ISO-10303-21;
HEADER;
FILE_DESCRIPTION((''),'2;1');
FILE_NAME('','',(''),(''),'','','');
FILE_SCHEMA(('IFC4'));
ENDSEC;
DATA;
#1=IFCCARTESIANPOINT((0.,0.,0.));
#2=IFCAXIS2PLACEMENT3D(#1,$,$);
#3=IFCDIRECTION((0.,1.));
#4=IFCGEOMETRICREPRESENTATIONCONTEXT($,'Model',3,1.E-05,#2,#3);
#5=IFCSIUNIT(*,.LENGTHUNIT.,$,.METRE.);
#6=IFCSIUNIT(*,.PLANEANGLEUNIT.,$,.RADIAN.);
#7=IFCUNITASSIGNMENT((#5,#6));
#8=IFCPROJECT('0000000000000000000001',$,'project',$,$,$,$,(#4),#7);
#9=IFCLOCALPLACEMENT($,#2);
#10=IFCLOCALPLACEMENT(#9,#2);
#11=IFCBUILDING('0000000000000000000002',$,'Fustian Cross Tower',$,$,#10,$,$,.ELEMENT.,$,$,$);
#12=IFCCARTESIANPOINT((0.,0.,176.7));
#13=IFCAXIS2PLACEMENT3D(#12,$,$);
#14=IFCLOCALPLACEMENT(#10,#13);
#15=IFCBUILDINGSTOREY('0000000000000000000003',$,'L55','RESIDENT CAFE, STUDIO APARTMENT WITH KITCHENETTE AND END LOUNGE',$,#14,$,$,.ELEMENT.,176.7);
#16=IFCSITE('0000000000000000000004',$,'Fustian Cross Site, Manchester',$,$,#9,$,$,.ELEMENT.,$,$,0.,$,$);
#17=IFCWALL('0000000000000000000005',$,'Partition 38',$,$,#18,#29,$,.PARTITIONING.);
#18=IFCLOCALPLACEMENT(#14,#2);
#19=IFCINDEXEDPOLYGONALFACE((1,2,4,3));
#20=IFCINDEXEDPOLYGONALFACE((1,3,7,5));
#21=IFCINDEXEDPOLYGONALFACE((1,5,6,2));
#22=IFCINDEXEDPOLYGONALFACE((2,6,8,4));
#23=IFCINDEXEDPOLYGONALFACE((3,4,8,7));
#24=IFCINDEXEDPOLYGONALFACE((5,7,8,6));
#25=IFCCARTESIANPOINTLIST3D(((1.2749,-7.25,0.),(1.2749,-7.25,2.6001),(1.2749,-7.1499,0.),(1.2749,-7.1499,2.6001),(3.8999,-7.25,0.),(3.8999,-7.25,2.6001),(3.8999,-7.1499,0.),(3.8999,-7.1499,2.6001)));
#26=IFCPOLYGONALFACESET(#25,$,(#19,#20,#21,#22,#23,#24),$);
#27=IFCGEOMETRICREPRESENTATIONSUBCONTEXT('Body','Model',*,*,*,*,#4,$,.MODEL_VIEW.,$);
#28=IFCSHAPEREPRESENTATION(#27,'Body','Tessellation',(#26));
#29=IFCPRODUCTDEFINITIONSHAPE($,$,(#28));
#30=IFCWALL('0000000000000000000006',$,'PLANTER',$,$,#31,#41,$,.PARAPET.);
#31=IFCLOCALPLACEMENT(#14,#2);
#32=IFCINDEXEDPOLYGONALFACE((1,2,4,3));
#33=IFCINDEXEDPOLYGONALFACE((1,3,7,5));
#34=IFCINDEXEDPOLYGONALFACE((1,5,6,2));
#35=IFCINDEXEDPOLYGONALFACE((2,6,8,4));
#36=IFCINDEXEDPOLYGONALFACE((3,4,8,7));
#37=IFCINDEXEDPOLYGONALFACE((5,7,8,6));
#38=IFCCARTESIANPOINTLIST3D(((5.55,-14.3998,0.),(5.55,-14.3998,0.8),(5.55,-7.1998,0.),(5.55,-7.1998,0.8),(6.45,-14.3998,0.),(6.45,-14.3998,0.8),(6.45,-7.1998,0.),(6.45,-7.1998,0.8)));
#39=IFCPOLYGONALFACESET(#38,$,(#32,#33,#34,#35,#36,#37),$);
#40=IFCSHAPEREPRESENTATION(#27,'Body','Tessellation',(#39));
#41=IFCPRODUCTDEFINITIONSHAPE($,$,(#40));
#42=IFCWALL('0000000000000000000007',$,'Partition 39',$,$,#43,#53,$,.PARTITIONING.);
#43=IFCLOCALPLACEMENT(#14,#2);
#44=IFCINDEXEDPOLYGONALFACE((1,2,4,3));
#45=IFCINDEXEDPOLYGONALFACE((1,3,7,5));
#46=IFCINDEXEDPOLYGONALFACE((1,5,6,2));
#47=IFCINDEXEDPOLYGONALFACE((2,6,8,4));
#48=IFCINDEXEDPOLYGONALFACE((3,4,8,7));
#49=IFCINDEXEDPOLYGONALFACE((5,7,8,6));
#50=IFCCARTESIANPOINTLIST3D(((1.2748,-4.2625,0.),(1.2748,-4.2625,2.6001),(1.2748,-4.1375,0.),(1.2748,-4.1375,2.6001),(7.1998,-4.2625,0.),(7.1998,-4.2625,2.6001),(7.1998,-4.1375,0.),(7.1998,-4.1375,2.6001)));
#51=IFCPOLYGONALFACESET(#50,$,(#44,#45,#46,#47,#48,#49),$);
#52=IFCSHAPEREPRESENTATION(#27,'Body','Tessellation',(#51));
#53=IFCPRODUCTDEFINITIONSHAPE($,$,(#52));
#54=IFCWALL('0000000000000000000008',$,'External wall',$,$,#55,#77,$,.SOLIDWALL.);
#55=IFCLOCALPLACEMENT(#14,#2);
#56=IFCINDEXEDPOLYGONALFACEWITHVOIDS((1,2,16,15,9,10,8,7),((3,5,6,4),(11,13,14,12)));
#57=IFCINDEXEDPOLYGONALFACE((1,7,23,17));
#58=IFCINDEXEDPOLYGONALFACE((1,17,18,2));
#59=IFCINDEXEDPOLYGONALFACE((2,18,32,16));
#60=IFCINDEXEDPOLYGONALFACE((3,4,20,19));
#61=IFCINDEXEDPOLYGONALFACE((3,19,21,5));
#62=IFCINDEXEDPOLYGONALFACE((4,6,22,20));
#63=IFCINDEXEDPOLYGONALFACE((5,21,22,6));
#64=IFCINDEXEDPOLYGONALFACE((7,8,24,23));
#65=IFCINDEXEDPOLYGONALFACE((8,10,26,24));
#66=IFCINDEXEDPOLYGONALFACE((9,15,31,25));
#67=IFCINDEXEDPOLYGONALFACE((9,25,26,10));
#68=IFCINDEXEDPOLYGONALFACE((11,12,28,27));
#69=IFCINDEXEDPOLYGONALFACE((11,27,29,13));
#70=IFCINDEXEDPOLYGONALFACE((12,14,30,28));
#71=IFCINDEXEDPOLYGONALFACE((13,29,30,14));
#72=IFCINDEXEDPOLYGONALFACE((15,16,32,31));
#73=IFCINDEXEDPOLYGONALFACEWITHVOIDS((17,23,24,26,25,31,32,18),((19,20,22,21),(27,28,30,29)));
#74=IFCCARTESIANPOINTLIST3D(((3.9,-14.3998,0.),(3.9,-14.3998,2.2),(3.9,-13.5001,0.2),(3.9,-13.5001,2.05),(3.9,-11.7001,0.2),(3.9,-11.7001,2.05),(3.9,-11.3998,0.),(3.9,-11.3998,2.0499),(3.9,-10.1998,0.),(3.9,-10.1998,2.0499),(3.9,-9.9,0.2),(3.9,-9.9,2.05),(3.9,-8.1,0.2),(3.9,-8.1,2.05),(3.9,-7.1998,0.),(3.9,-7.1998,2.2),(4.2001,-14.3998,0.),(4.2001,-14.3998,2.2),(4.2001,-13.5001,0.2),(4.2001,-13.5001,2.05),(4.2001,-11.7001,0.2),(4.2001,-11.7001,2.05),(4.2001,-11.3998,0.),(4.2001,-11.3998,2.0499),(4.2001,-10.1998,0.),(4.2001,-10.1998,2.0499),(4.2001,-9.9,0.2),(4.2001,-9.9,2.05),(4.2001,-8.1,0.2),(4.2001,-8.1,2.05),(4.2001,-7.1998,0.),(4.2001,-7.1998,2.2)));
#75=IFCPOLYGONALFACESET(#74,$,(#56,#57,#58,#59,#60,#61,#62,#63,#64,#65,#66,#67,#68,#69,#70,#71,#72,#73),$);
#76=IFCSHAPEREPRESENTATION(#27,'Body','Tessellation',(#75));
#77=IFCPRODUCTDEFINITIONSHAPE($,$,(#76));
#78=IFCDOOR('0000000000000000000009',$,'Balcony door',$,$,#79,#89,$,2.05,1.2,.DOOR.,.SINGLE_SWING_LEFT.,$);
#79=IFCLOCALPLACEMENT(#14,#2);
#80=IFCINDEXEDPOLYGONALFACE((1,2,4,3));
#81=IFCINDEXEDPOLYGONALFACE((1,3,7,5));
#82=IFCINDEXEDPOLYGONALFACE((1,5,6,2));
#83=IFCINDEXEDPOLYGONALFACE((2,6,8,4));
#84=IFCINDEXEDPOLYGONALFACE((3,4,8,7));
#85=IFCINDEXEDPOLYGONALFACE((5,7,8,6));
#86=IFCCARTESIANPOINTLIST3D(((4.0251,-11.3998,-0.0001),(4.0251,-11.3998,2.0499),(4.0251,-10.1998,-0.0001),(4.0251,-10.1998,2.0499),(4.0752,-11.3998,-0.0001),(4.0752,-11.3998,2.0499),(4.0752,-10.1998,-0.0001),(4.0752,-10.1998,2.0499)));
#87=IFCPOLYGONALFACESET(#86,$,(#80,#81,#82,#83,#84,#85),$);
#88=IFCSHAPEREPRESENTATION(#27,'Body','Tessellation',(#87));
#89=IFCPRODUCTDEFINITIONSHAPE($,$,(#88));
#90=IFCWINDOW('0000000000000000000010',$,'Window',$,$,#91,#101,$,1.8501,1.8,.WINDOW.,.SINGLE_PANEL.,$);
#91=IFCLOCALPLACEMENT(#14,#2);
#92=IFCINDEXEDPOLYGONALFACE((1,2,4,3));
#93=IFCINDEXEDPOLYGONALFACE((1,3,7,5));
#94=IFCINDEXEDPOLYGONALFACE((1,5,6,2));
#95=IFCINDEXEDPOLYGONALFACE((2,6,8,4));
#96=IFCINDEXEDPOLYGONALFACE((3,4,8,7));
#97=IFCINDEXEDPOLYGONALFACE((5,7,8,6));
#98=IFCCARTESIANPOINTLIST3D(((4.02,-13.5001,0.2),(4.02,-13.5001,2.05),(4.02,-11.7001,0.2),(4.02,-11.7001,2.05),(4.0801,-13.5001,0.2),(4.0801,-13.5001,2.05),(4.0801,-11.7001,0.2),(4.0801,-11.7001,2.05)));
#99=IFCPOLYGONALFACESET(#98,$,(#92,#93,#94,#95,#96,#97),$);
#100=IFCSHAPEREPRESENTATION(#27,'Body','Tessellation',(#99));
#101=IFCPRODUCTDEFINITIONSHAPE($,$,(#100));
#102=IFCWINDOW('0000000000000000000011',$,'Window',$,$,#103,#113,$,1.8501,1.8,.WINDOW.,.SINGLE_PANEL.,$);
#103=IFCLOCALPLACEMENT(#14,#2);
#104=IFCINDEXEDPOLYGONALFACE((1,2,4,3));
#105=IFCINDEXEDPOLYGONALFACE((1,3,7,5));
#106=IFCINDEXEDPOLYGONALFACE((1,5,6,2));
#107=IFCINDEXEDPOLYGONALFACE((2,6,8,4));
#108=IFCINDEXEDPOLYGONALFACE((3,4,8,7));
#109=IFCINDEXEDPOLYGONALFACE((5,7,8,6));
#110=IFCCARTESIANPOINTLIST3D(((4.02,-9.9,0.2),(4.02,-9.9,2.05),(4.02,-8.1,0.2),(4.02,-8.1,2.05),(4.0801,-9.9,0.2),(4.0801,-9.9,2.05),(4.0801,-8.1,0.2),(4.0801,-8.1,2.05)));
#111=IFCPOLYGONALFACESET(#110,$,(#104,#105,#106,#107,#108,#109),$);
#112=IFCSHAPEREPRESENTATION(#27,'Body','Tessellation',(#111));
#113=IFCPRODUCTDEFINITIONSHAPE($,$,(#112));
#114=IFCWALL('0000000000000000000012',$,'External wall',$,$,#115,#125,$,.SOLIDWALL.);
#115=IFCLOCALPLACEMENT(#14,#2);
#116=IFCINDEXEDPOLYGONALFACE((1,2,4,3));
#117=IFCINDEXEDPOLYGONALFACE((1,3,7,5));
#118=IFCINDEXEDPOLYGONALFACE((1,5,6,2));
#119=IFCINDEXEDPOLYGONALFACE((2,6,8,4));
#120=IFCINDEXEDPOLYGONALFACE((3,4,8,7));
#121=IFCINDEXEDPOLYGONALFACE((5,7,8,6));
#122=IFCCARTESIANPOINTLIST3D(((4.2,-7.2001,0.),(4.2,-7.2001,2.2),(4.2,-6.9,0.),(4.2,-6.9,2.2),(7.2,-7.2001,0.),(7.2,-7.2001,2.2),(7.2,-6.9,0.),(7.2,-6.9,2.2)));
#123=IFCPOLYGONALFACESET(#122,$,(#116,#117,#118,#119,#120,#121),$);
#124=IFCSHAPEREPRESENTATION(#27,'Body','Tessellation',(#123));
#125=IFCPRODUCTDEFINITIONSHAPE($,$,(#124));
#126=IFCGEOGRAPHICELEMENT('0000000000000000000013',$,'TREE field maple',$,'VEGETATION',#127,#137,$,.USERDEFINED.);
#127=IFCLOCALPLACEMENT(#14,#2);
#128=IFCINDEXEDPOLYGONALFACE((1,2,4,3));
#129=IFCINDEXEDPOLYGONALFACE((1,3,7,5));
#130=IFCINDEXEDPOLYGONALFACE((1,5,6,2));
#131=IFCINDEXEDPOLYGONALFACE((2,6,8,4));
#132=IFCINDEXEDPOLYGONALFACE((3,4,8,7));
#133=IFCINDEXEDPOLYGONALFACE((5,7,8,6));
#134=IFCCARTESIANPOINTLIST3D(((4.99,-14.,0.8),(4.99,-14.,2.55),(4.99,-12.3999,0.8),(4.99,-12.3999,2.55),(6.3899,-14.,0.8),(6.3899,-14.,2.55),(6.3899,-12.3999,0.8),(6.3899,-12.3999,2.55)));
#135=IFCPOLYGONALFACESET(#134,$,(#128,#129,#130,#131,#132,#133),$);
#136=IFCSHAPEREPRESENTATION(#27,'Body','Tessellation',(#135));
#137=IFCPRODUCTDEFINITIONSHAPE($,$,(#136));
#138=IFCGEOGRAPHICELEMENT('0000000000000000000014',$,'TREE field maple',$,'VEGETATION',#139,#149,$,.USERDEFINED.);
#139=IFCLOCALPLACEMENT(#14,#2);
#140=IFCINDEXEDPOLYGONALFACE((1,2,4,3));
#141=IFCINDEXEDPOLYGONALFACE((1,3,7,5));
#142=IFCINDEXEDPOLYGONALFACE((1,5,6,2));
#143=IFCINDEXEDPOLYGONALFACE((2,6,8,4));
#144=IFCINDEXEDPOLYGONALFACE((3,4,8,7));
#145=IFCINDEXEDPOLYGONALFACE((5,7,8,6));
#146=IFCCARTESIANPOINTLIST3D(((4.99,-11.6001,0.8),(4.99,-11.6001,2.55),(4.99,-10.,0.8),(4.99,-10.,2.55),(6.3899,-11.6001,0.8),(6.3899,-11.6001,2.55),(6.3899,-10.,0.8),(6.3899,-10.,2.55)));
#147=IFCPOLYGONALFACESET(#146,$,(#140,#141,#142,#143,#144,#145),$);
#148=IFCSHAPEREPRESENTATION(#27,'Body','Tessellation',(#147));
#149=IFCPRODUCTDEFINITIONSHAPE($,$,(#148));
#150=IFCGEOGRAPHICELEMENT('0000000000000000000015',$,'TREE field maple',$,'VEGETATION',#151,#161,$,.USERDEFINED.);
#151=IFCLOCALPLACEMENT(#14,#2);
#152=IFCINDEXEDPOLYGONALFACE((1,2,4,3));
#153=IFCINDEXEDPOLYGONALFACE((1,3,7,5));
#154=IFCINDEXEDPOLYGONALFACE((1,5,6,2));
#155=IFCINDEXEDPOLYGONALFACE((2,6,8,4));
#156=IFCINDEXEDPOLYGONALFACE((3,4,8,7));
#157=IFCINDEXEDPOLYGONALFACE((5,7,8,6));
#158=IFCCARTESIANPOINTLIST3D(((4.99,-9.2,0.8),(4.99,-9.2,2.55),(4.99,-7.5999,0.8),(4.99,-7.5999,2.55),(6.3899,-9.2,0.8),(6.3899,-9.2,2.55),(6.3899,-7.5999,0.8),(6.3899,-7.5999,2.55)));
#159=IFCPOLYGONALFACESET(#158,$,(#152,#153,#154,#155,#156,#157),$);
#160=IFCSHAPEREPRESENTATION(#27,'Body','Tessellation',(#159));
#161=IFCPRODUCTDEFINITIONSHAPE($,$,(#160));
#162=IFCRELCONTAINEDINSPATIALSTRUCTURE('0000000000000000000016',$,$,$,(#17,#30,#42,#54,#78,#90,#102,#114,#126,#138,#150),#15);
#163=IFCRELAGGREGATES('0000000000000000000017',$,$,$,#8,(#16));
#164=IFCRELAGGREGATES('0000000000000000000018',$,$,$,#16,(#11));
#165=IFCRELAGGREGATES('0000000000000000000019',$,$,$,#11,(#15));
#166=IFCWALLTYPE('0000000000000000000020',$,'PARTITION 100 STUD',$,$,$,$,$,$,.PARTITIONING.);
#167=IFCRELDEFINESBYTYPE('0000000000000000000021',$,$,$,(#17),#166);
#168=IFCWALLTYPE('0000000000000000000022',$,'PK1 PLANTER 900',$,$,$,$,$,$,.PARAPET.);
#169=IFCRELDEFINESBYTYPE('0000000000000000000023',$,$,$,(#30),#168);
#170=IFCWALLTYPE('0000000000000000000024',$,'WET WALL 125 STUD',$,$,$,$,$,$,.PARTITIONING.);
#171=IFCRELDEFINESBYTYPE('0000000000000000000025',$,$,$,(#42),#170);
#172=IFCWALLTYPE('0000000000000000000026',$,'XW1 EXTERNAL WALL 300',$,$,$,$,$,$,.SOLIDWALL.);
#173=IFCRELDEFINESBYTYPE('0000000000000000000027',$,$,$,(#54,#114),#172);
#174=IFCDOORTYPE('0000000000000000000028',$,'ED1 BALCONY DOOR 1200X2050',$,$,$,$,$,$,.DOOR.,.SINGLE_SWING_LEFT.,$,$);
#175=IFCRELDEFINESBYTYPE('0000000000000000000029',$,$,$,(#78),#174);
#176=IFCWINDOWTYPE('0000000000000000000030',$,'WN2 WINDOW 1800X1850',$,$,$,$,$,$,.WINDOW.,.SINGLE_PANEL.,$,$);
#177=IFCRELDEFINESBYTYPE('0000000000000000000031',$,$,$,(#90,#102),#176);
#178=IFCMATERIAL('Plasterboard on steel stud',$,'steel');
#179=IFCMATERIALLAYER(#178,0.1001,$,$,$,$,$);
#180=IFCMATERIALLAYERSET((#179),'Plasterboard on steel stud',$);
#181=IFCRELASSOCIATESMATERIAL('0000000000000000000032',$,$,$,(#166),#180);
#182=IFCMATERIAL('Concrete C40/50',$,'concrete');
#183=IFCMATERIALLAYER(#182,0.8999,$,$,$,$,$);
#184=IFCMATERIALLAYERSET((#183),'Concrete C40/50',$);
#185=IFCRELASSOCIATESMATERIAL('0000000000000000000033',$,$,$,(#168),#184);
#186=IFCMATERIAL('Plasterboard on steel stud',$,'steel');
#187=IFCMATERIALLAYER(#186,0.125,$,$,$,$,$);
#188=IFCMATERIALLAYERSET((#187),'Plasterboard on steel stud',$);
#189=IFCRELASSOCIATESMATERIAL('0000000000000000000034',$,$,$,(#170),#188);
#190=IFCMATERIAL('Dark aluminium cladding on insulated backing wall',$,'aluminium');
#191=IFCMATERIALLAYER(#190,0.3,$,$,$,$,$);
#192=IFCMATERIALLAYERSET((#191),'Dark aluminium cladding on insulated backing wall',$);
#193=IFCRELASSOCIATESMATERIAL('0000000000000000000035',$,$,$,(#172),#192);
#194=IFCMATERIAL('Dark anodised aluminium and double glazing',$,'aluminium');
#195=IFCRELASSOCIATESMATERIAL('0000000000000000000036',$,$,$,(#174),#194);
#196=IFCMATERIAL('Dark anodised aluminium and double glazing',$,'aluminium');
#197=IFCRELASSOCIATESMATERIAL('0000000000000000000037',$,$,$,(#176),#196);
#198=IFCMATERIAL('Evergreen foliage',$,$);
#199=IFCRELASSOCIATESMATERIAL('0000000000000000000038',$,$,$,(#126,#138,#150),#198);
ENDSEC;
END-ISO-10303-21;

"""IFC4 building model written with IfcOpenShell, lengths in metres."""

from ifc_helpers import new_model, si_unit, direction, frame, frame_2d, origin, origin_2d, place, context, subcontext, project, spatial, rectangle, extrude, material, layer, layer_set, type_object, element, fill, save


model = new_model("IFC4")

# Units and contexts
model_context = context("Model", 3, precision=1e-05, world=origin(), true_north=direction((0.0, 1.0)))
body_context = subcontext(model_context, "Body", "Model", "MODEL_VIEW")
ifc_project = project(units=[si_unit("LENGTHUNIT", "METRE"), si_unit("PLANEANGLEUNIT", "RADIAN")], contexts=[model_context])

# Site, building, storey
site_placement = place(None, origin())
site = spatial("IfcSite", under=ifc_project, at=site_placement, Name="Fustian Cross Site, Manchester", CompositionType="ELEMENT", RefElevation=0.0)
building_placement = place(site_placement, origin())
building = spatial("IfcBuilding", under=site, at=building_placement, Name="Fustian Cross Tower", CompositionType="ELEMENT")
storey_placement = place(building_placement, frame((0.0, 0.0, 176.7)))
storey = spatial("IfcBuildingStorey", under=building, at=storey_placement, Name="L55", Description="RESIDENT CAFE, STUDIO APARTMENT WITH KITCHENETTE AND END LOUNGE", CompositionType="ELEMENT", Elevation=176.7)

# Walls
ifc_material_1 = material(Name="Plasterboard on steel stud", Category="steel")
ifc_layer_1 = layer(ifc_material_1, 0.1001)
ifc_layer_set_1 = layer_set([ifc_layer_1], Name="Plasterboard on steel stud")
wall_type_1 = type_object("IfcWallType", Name="PARTITION 100 STUD", PredefinedType="PARTITIONING", material=ifc_layer_set_1)
for number, where, z_axis, x_axis, name in (
    (1, (1.2749, -7.2, 0.0), (0.0, 0.0, 1.0), (1.0, 0.0, 0.0), "Partition 38"),
):
    element("IfcWall", number, at=place(storey_placement, frame(where, z_axis=z_axis, x_axis=x_axis)), inside=storey, type_object=wall_type_1, Name=name, PredefinedType="PARTITIONING", context=body_context, shape_type="SweptSolid", body=[
        extrude(rectangle(XDim=2.625, YDim=0.1001, at=frame_2d((1.3125, 0.0))), origin(), (0.0, 0.0, 1.0), 2.6001),
    ])
ifc_material_2 = material(Name="Concrete C40/50", Category="concrete")
ifc_layer_2 = layer(ifc_material_2, 0.8999)
ifc_layer_set_2 = layer_set([ifc_layer_2], Name="Concrete C40/50")
wall_type_2 = type_object("IfcWallType", Name="PK1 PLANTER 900", PredefinedType="PARAPET", material=ifc_layer_set_2)
wall_1_placement = place(storey_placement, frame((6.0, -14.3999, 0.0), z_axis=(0.0, 0.0, 1.0), x_axis=(0.0, 1.0, 0.0)))
element("IfcWall", 2, at=wall_1_placement, inside=storey, type_object=wall_type_2, Name="PLANTER", PredefinedType="PARAPET", context=body_context, shape_type="SweptSolid", body=[
    extrude(rectangle(XDim=7.2, YDim=0.8999, at=frame_2d((3.6001, 0.0))), origin(), (0.0, 0.0, 1.0), 0.8),
])
ifc_material_3 = material(Name="Plasterboard on steel stud", Category="steel")
ifc_layer_3 = layer(ifc_material_3, 0.125)
ifc_layer_set_3 = layer_set([ifc_layer_3], Name="Plasterboard on steel stud")
wall_type_3 = type_object("IfcWallType", Name="WET WALL 125 STUD", PredefinedType="PARTITIONING", material=ifc_layer_set_3)
wall_2_placement = place(storey_placement, frame((1.2749, -4.2, 0.0), z_axis=(0.0, 0.0, 1.0), x_axis=(1.0, 0.0, 0.0)))
element("IfcWall", 3, at=wall_2_placement, inside=storey, type_object=wall_type_3, Name="Partition 39", PredefinedType="PARTITIONING", context=body_context, shape_type="SweptSolid", body=[
    extrude(rectangle(XDim=5.925, YDim=0.125, at=frame_2d((2.9624, 0.0))), origin(), (0.0, 0.0, 1.0), 2.6001),
])

# Wall, openings, door, windows
ifc_material_4 = material(Name="Dark aluminium cladding on insulated backing wall", Category="aluminium")
ifc_layer_4 = layer(ifc_material_4, 0.3)
ifc_layer_set_4 = layer_set([ifc_layer_4], Name="Dark aluminium cladding on insulated backing wall")
wall_type_4 = type_object("IfcWallType", Name="XW1 EXTERNAL WALL 300", PredefinedType="SOLIDWALL", material=ifc_layer_set_4)
wall_3_placement = place(storey_placement, frame((4.05, -14.3999, 0.0), z_axis=(0.0, 0.0, 1.0), x_axis=(0.0, 1.0, 0.0)))
wall_3 = element("IfcWall", 4, at=wall_3_placement, inside=storey, type_object=wall_type_4, Name="External wall", PredefinedType="SOLIDWALL", context=body_context, shape_type="SweptSolid", body=[
    extrude(rectangle(XDim=7.2, YDim=0.3, at=frame_2d((3.6001, 0.0))), origin(), (0.0, 0.0, 1.0), 2.2),
])
opening_1_placement = place(wall_3_placement, frame((3.0, 0.0, 0.0)))
opening_1 = element("IfcOpeningElement", 5, at=opening_1_placement, cuts=wall_3, PredefinedType="OPENING", context=body_context, shape_type="SweptSolid", body=[
    extrude(rectangle(XDim=1.2, YDim=2.05, at=frame_2d((0.6001, 1.0249))), frame((0.0, 0.1599, 0.0), z_axis=(0.0, -1.0, 0.0), x_axis=(1.0, 0.0, 0.0)), (0.0, 0.0, 1.0), 0.3201),
])
opening_2_placement = place(wall_3_placement, frame((0.8999, 0.0, 0.2)))
opening_2 = element("IfcOpeningElement", 6, at=opening_2_placement, cuts=wall_3, PredefinedType="OPENING", context=body_context, shape_type="SweptSolid", body=[
    extrude(rectangle(XDim=1.8, YDim=1.8501, at=frame_2d((0.8999, 0.925))), frame((0.0, 0.1599, 0.0), z_axis=(0.0, -1.0, 0.0), x_axis=(1.0, 0.0, 0.0)), (0.0, 0.0, 1.0), 0.3201),
])
opening_3_placement = place(wall_3_placement, frame((4.5, 0.0, 0.2)))
opening_3 = element("IfcOpeningElement", 7, at=opening_3_placement, cuts=wall_3, PredefinedType="OPENING", context=body_context, shape_type="SweptSolid", body=[
    extrude(rectangle(XDim=1.8, YDim=1.8501, at=frame_2d((0.8999, 0.925))), frame((0.0, 0.1599, 0.0), z_axis=(0.0, -1.0, 0.0), x_axis=(1.0, 0.0, 0.0)), (0.0, 0.0, 1.0), 0.3201),
])
ifc_material_5 = material(Name="Dark anodised aluminium and double glazing", Category="aluminium")
door_type_1 = type_object("IfcDoorType", Name="ED1 BALCONY DOOR 1200X2050", OperationType="SINGLE_SWING_LEFT", PredefinedType="DOOR", material=ifc_material_5)
door_1_placement = place(opening_1_placement, origin())
door_1 = element("IfcDoor", 8, at=door_1_placement, inside=storey, type_object=door_type_1, Name="Balcony door", OperationType="SINGLE_SWING_LEFT", OverallHeight=2.05, OverallWidth=1.2, PredefinedType="DOOR", context=body_context, shape_type="SweptSolid", body=[
    extrude(rectangle(XDim=1.2, YDim=2.05, at=frame_2d((0.6001, 1.0249))), frame((0.0, 0.0249, 0.0), z_axis=(0.0, -1.0, 0.0), x_axis=(1.0, 0.0, 0.0)), (0.0, 0.0, 1.0), 0.05),
])
fill(opening_1, door_1)
ifc_material_6 = material(Name="Dark anodised aluminium and double glazing", Category="aluminium")
window_type = type_object("IfcWindowType", Name="WN2 WINDOW 1800X1850", PartitioningType="SINGLE_PANEL", PredefinedType="WINDOW", material=ifc_material_6)
window_1_placement = place(opening_2_placement, origin())
window_1 = element("IfcWindow", 9, at=window_1_placement, inside=storey, type_object=window_type, Name="Window", OverallHeight=1.8501, OverallWidth=1.8, PartitioningType="SINGLE_PANEL", PredefinedType="WINDOW", context=body_context, shape_type="SweptSolid", body=[
    extrude(rectangle(XDim=1.8, YDim=1.8501, at=frame_2d((0.8999, 0.925))), frame((0.0, 0.03, 0.0), z_axis=(0.0, -1.0, 0.0), x_axis=(1.0, 0.0, 0.0)), (0.0, 0.0, 1.0), 0.0601),
])
fill(opening_2, window_1)
window_2_placement = place(opening_3_placement, origin())
window_2 = element("IfcWindow", 10, at=window_2_placement, inside=storey, type_object=window_type, Name="Window", OverallHeight=1.8501, OverallWidth=1.8, PartitioningType="SINGLE_PANEL", PredefinedType="WINDOW", context=body_context, shape_type="SweptSolid", body=[
    extrude(rectangle(XDim=1.8, YDim=1.8501, at=frame_2d((0.8999, 0.925))), frame((0.0, 0.03, 0.0), z_axis=(0.0, -1.0, 0.0), x_axis=(1.0, 0.0, 0.0)), (0.0, 0.0, 1.0), 0.0601),
])
fill(opening_3, window_2)

# Wall
wall_4_placement = place(storey_placement, frame((4.2, -7.05, 0.0), z_axis=(0.0, 0.0, 1.0), x_axis=(1.0, 0.0, 0.0)))
element("IfcWall", 11, at=wall_4_placement, inside=storey, type_object=wall_type_4, Name="External wall", PredefinedType="SOLIDWALL", context=body_context, shape_type="SweptSolid", body=[
    extrude(rectangle(XDim=3.0, YDim=0.3, at=frame_2d((1.5, 0.0))), origin(), (0.0, 0.0, 1.0), 2.2),
])

# Geographic elements
ifc_material_7 = material(Name="Evergreen foliage")
for number, where, z_axis, x_axis, name in (
    (12, (5.6899, -13.2, 0.8), (0.0, 0.0, 1.0), (1.0, 0.0, 0.0), "TREE field maple"),
    (13, (5.6899, -10.8, 0.8), (0.0, 0.0, 1.0), (1.0, 0.0, 0.0), "TREE field maple"),
    (14, (5.6899, -8.3999, 0.8), (0.0, 0.0, 1.0), (1.0, 0.0, 0.0), "TREE field maple"),
):
    element("IfcGeographicElement", number, at=place(storey_placement, frame(where, z_axis=z_axis, x_axis=x_axis)), inside=storey, material=ifc_material_7, Name=name, ObjectType="VEGETATION", PredefinedType="USERDEFINED", context=body_context, shape_type="SweptSolid", body=[
        extrude(rectangle(XDim=1.3999, YDim=1.6001, at=origin_2d()), origin(), (0.0, 0.0, 1.0), 1.75),
    ])

save(model, "model.ifc")
